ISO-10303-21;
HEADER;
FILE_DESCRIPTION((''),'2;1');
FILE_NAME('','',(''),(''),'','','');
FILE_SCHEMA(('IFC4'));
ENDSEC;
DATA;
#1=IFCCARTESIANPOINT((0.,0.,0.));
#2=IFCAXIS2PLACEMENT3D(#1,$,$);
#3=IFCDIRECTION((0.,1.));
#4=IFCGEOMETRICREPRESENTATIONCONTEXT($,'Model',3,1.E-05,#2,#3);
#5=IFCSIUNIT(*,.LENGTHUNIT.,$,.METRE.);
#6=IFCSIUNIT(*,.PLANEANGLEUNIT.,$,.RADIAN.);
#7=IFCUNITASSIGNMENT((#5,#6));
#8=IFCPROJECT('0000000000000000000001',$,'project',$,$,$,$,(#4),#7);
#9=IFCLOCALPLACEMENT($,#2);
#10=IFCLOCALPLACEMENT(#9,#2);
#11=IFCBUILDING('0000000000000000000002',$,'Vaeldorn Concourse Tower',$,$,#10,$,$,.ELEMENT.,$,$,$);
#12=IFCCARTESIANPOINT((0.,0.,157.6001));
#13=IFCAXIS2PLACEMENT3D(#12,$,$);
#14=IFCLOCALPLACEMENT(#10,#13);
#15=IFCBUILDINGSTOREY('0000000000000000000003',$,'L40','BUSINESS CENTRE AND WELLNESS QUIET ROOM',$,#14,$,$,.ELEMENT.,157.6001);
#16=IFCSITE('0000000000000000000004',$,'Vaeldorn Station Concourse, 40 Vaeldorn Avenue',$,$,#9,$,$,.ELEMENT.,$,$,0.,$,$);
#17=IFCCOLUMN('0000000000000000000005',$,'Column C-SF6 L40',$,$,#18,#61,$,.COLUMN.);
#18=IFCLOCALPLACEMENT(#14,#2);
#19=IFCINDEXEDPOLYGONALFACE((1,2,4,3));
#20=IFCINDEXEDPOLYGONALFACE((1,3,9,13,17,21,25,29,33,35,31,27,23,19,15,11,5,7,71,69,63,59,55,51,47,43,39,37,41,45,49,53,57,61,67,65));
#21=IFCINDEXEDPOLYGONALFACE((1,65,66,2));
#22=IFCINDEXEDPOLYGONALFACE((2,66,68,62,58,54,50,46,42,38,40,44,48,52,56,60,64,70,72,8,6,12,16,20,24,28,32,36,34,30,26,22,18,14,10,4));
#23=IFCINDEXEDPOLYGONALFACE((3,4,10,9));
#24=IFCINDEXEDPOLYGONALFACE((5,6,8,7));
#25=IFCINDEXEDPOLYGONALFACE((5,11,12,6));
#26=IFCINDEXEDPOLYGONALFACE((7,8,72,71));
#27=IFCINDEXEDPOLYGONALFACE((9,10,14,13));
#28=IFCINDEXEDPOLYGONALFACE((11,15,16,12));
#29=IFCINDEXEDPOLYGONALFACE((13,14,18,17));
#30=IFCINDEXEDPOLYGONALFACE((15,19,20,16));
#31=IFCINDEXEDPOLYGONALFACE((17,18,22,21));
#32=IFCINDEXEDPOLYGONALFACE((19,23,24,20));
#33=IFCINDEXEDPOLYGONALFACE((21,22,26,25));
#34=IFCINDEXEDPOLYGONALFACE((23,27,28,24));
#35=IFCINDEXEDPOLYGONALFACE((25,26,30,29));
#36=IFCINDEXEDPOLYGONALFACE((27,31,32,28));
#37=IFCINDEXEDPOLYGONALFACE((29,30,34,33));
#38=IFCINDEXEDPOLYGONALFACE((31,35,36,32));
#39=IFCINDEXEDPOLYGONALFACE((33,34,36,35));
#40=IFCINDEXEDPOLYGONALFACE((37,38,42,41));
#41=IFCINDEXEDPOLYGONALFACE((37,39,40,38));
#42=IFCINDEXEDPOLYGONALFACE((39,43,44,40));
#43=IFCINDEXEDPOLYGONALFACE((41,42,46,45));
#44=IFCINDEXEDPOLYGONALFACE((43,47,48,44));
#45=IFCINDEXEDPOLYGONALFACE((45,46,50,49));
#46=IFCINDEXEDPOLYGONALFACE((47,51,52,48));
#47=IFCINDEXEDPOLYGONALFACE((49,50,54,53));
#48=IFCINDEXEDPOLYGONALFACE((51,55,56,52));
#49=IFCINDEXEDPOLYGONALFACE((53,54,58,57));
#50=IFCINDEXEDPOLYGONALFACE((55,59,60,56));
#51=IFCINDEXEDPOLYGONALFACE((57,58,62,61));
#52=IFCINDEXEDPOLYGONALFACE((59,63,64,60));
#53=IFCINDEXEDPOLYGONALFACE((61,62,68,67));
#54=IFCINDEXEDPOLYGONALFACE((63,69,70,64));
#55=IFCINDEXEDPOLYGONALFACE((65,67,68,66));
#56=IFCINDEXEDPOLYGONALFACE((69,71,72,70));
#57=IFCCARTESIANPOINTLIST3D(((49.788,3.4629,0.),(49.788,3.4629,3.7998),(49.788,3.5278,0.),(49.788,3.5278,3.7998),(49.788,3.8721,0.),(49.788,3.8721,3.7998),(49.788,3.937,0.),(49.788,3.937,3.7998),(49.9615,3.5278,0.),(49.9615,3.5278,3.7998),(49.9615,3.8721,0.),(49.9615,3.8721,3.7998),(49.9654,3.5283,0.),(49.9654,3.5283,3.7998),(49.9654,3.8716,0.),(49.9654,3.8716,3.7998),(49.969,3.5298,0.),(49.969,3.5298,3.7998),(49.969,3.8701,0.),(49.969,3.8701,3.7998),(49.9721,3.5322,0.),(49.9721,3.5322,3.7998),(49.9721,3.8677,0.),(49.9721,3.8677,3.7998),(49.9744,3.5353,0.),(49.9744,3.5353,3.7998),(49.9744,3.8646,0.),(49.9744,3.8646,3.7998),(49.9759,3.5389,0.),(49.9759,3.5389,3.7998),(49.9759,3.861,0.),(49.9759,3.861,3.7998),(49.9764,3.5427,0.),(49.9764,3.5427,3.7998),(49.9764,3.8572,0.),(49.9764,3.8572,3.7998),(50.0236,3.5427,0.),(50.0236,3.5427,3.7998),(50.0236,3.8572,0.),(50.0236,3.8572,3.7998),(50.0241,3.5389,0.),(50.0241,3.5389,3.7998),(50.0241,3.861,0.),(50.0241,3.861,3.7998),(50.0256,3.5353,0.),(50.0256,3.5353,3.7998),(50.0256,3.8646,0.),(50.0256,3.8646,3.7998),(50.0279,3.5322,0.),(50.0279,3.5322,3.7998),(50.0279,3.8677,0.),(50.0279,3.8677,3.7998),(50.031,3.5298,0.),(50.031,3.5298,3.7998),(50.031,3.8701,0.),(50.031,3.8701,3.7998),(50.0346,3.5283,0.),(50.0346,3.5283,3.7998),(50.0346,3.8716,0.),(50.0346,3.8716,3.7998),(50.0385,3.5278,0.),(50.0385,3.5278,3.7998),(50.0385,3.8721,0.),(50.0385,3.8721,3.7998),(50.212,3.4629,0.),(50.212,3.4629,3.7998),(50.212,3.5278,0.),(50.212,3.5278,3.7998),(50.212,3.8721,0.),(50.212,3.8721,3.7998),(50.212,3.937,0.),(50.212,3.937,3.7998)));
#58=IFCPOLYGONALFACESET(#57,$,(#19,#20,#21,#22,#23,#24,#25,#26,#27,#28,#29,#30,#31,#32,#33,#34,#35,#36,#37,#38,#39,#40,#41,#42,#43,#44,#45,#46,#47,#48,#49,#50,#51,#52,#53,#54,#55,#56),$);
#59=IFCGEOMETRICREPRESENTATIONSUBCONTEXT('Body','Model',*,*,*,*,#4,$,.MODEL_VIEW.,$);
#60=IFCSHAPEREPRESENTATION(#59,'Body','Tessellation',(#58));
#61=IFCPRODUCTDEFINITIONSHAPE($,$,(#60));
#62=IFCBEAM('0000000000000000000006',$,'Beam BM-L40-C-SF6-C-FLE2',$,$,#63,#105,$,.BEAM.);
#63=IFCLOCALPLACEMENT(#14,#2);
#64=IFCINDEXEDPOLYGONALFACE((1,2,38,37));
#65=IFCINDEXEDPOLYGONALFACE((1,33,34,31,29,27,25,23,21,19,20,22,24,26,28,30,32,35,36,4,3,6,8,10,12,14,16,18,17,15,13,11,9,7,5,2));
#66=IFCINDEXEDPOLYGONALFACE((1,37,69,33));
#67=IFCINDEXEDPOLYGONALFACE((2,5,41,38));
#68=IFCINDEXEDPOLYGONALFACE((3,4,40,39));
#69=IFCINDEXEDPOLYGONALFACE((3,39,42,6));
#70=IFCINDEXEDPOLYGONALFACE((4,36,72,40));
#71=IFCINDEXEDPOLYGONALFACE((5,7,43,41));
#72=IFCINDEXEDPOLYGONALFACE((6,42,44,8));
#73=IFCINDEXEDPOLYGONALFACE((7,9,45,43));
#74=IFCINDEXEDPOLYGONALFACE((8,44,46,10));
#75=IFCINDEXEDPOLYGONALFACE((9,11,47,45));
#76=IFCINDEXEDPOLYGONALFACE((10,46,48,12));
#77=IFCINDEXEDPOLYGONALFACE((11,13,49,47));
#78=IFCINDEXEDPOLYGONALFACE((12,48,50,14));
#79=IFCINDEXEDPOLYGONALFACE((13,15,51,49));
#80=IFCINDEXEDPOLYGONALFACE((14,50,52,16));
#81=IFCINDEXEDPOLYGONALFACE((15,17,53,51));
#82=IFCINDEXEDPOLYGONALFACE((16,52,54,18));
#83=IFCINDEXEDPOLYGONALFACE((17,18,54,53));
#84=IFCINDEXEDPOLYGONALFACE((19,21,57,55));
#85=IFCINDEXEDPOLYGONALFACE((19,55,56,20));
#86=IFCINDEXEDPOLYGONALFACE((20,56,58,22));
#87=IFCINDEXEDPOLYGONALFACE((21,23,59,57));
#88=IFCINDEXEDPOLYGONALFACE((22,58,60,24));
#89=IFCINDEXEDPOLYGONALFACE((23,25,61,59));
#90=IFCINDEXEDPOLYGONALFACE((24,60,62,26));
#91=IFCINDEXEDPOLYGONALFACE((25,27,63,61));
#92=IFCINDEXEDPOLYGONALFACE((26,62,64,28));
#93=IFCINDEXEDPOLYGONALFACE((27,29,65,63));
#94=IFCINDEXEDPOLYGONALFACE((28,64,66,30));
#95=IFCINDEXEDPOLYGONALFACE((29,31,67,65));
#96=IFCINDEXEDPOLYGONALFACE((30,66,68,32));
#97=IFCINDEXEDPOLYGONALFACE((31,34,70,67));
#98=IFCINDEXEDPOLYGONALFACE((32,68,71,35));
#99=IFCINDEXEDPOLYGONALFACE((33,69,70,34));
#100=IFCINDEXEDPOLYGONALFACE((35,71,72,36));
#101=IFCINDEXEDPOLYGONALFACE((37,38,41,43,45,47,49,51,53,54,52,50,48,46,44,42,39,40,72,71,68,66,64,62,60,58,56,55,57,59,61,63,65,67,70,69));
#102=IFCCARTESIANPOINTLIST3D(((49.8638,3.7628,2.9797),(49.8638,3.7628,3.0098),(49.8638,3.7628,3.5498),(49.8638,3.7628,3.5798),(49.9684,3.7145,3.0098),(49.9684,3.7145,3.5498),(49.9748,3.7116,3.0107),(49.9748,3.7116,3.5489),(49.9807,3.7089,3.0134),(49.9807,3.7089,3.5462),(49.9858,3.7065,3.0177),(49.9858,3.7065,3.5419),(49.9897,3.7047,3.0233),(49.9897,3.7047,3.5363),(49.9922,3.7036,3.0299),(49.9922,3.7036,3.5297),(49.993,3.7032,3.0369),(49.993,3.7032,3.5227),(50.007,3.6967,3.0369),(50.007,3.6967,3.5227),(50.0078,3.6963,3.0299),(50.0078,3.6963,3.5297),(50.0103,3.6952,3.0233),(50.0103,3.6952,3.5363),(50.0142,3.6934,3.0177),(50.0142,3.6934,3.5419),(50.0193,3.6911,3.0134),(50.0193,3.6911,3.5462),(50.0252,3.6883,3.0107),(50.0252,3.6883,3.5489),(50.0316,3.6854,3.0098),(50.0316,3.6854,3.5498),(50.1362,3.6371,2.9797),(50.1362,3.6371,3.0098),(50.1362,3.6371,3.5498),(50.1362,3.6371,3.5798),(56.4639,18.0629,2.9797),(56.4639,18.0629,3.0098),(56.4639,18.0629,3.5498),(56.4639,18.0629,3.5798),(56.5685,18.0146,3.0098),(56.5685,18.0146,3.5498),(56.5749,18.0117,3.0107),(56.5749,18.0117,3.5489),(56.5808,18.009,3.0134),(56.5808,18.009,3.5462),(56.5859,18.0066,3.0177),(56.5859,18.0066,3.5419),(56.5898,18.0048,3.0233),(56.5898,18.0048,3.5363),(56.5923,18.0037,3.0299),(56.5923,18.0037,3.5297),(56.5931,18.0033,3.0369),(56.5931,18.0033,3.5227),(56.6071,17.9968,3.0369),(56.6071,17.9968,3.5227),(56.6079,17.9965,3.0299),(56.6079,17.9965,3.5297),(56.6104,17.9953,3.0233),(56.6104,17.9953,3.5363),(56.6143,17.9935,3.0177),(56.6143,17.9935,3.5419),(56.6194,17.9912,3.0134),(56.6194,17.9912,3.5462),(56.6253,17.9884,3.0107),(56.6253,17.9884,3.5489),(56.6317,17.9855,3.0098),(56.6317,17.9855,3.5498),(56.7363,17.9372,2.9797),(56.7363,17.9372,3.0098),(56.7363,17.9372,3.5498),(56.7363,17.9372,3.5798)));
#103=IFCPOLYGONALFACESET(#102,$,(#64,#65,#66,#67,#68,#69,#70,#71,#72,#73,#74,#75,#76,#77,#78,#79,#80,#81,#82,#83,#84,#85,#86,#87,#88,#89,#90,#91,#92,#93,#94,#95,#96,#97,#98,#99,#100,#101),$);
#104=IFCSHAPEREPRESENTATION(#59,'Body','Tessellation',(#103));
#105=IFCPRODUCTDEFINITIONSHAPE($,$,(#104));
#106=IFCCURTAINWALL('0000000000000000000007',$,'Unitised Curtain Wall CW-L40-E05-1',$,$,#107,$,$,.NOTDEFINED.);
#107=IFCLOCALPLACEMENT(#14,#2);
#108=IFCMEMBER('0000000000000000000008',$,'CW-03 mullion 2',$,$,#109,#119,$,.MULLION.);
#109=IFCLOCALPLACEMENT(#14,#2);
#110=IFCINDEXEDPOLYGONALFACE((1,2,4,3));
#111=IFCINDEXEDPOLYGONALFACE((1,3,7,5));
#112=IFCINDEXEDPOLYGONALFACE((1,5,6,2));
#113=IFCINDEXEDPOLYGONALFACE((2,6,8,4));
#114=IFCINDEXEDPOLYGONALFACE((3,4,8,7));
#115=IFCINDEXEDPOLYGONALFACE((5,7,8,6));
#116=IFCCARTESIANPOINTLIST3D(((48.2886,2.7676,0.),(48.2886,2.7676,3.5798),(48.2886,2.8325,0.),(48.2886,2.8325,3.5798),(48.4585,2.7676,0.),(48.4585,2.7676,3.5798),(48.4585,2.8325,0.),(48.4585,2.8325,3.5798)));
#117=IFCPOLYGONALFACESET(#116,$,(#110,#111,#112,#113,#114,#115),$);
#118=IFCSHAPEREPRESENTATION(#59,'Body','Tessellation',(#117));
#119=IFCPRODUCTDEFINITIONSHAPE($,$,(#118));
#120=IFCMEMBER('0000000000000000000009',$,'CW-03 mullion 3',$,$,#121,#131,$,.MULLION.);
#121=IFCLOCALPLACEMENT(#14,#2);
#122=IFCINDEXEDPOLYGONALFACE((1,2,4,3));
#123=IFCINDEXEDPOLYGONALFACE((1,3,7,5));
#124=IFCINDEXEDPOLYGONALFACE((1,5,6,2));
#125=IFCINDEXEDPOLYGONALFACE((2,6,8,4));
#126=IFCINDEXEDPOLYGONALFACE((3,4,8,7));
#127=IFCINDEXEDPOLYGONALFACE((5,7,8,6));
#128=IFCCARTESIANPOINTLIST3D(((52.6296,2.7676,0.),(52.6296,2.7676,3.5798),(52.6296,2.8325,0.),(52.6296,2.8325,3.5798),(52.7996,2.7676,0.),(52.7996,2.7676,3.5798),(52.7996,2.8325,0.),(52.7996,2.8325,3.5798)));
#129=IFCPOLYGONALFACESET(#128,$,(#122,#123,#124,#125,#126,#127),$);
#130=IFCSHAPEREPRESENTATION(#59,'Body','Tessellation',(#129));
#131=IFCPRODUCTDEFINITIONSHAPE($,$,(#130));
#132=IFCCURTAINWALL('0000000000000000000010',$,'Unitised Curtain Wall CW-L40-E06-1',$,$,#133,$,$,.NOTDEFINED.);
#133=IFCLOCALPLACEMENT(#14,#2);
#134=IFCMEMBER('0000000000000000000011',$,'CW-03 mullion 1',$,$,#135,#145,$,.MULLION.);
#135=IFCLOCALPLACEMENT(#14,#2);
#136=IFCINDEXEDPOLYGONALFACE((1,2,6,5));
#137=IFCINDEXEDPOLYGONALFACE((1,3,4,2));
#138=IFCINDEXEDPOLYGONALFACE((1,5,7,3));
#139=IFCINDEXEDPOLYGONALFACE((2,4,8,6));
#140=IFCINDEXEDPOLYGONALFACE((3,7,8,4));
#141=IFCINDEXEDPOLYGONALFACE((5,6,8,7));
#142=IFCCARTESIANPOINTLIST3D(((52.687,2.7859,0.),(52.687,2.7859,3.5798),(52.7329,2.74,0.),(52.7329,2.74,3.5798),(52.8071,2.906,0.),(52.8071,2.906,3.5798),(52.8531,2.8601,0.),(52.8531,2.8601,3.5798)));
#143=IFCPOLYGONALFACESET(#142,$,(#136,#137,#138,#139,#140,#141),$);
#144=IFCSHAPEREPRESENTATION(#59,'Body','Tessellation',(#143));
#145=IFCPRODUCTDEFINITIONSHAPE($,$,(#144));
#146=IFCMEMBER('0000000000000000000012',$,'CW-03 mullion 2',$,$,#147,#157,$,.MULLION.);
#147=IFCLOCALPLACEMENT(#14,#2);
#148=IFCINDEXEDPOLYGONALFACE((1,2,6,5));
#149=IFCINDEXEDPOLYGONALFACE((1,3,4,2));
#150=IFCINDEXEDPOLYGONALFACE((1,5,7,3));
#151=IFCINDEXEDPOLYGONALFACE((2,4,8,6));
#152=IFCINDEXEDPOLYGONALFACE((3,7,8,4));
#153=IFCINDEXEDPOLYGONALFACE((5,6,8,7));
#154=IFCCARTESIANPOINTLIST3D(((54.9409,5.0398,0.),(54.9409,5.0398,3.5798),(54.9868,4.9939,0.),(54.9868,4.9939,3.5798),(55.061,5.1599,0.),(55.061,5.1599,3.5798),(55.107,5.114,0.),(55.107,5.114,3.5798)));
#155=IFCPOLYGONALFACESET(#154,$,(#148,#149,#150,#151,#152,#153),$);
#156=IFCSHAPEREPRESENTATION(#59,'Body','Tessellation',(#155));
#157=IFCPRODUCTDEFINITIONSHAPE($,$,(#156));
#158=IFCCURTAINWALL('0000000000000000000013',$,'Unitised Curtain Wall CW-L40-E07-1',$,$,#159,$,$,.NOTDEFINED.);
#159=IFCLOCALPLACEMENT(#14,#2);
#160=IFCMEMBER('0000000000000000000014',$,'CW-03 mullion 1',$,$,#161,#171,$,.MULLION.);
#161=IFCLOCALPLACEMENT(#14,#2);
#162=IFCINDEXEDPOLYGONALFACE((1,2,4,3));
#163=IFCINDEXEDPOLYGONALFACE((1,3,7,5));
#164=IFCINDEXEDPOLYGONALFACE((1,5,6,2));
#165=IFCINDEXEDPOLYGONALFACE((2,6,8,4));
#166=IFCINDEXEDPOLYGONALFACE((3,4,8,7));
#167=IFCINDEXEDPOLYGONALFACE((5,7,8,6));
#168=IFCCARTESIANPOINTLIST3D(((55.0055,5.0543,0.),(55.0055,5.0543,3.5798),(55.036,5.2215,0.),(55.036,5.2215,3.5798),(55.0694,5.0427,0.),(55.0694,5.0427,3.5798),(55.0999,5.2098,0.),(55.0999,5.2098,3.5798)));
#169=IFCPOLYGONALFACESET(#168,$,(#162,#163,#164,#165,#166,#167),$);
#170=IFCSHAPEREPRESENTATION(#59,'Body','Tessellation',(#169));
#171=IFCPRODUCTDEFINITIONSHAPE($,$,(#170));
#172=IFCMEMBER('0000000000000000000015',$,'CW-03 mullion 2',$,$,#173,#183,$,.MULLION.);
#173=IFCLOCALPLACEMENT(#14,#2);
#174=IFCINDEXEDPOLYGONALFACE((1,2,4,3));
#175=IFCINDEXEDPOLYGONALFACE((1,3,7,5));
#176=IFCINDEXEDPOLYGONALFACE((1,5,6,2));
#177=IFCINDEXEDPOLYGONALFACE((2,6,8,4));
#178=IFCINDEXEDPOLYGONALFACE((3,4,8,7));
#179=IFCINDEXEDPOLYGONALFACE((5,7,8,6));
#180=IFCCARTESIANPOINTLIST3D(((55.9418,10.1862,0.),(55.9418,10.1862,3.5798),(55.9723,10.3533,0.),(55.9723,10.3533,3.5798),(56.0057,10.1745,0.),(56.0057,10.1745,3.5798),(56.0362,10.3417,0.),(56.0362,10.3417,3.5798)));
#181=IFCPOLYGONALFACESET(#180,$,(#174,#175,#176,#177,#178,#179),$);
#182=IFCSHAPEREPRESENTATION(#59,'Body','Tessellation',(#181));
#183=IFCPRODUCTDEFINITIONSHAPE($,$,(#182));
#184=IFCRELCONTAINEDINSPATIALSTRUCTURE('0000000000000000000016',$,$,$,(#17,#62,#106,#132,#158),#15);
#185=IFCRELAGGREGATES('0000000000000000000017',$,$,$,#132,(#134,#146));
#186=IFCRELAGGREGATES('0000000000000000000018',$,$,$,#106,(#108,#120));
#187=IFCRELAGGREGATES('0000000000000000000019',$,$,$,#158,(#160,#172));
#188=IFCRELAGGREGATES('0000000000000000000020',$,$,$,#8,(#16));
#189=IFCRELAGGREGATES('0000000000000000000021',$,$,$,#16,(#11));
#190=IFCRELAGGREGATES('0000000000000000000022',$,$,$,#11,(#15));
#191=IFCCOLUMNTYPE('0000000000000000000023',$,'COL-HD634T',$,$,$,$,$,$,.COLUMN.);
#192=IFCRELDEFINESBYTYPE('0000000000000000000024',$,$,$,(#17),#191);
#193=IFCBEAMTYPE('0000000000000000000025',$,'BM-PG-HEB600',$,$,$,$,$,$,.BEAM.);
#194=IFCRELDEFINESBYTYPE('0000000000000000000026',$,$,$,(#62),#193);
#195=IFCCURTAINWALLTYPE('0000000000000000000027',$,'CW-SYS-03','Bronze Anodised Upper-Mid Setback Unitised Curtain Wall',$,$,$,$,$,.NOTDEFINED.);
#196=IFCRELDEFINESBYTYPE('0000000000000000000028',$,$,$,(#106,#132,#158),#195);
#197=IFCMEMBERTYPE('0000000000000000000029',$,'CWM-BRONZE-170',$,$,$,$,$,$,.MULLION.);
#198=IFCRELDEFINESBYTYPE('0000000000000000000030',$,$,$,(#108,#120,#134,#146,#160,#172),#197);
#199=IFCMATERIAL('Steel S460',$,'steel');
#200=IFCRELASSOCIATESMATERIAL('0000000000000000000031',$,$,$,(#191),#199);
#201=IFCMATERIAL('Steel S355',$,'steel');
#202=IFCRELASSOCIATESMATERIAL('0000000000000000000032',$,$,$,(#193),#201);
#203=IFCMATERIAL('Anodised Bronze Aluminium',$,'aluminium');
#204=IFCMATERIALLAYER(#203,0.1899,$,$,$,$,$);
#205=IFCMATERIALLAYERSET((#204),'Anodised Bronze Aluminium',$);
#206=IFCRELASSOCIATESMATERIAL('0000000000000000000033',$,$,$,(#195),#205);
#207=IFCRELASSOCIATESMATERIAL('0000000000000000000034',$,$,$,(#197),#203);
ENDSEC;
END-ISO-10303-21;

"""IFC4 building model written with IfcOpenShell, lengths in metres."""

from ifc_helpers import new_model, si_unit, direction, frame, origin, origin_2d, place, context, subcontext, project, spatial, rectangle, i_section, extrude, source, transform, mapped, material, layer, layer_set, material_profile, profile_set, type_object, element, aggregate, save


model = new_model("IFC4")

# Units and contexts
model_context = context("Model", 3, precision=1e-05, world=origin(), true_north=direction((0.0, 1.0)))
body_context = subcontext(model_context, "Body", "Model", "MODEL_VIEW")
ifc_project = project(units=[si_unit("LENGTHUNIT", "METRE"), si_unit("PLANEANGLEUNIT", "RADIAN")], contexts=[model_context])

# Site, building, storey
site_placement = place(None, origin())
site = spatial("IfcSite", under=ifc_project, at=site_placement, Name="Vaeldorn Station Concourse, 40 Vaeldorn Avenue", CompositionType="ELEMENT", RefElevation=0.0)
building_placement = place(site_placement, origin())
building = spatial("IfcBuilding", under=site, at=building_placement, Name="Vaeldorn Concourse Tower", CompositionType="ELEMENT")
storey_placement = place(building_placement, frame((0.0, 0.0, 157.6001)))
storey = spatial("IfcBuildingStorey", under=building, at=storey_placement, Name="L40", Description="BUSINESS CENTRE AND WELLNESS QUIET ROOM", CompositionType="ELEMENT", Elevation=157.6001)

# Column
ifc_material_1 = material(Name="Steel S460", Category="steel")
ifc_material_profile_1 = material_profile(ifc_material_1, i_section(OverallWidth=0.4241, OverallDepth=0.4741, WebThickness=0.0471, FlangeThickness=0.0649, FilletRadius=0.0149, at=origin_2d()), Name="HD 400x634")
ifc_profile_set_1 = profile_set([ifc_material_profile_1], Name="Steel S460")
column_type = type_object("IfcColumnType", Name="COL-HD634T", PredefinedType="COLUMN", material=ifc_profile_set_1)
shared_shape_1 = source(origin(), body_context, "Body", "SweptSolid", [
    extrude(i_section(OverallWidth=0.4241, OverallDepth=0.4741, WebThickness=0.0471, FlangeThickness=0.0649, FilletRadius=0.0149, at=origin_2d()), origin(), (0.0, 0.0, 1.0), 3.7998),
])
column_placement = place(storey_placement, frame((50.0, 3.7, 0.0), z_axis=(0.0, 0.0, 1.0), x_axis=(1.0, 0.0, 0.0)))
element("IfcColumn", 1, at=column_placement, inside=storey, type_object=column_type, Name="Column C-SF6 L40", PredefinedType="COLUMN", context=body_context, shape_type="MappedRepresentation", body=[
    mapped(shared_shape_1, transform((0.0, 0.0, 0.0), scale=1.0)),
])

# Beam
ifc_material_2 = material(Name="Steel S355", Category="steel")
ifc_material_profile_2 = material_profile(ifc_material_2, i_section(OverallWidth=0.3, OverallDepth=0.6001, WebThickness=0.0154, FlangeThickness=0.03, FilletRadius=0.0271, at=origin_2d()), Name="HEB 600")
ifc_profile_set_2 = profile_set([ifc_material_profile_2], Name="Steel S355")
beam_type = type_object("IfcBeamType", Name="BM-PG-HEB600", PredefinedType="BEAM", material=ifc_profile_set_2)
shared_shape_2 = source(origin(), body_context, "Body", "SweptSolid", [
    extrude(i_section(OverallWidth=0.3, OverallDepth=0.6001, WebThickness=0.0154, FlangeThickness=0.03, FilletRadius=0.0271, at=origin_2d()), origin(), (0.0, 0.0, 1.0), 15.7498),
])
beam_placement = place(storey_placement, frame((50.0, 3.7, 3.2798), z_axis=(0.419062, 0.907958, 0.0), x_axis=(-0.907958, 0.419062, 0.0)))
element("IfcBeam", 2, at=beam_placement, inside=storey, type_object=beam_type, Name="Beam BM-L40-C-SF6-C-FLE2", PredefinedType="BEAM", context=body_context, shape_type="MappedRepresentation", body=[
    mapped(shared_shape_2, transform((0.0, 0.0, 0.0), scale=1.0)),
])

# Curtain walls, members
ifc_material_3 = material(Name="Anodised Bronze Aluminium", Category="aluminium")
ifc_layer_1 = layer(ifc_material_3, 0.1899)
ifc_layer_set_1 = layer_set([ifc_layer_1], Name="Anodised Bronze Aluminium")
curtain_wall_type = type_object("IfcCurtainWallType", Name="CW-SYS-03", Description="Bronze Anodised Upper-Mid Setback Unitised Curtain Wall", PredefinedType="NOTDEFINED", material=ifc_layer_set_1)
curtain_wall_1_placement = place(storey_placement, origin())
curtain_wall_1 = element("IfcCurtainWall", 3, at=curtain_wall_1_placement, inside=storey, type_object=curtain_wall_type, Name="Unitised Curtain Wall CW-L40-E05-1", PredefinedType="NOTDEFINED")
ifc_material_profile_3 = material_profile(ifc_material_3, rectangle(XDim=0.0649, YDim=0.1699, at=origin_2d()), Name="CWM 65x170")
ifc_profile_set_3 = profile_set([ifc_material_profile_3], Name="Anodised Bronze Aluminium")
member_type_1 = type_object("IfcMemberType", Name="CWM-BRONZE-170", PredefinedType="MULLION", material=ifc_profile_set_3)
shared_shape_3 = source(origin(), body_context, "Body", "SweptSolid", [
    extrude(rectangle(XDim=0.0649, YDim=0.1699, at=origin_2d()), origin(), (0.0, 0.0, 1.0), 3.5798),
])
member_1_placement = place(storey_placement, frame((48.3735, 2.8, 0.0), z_axis=(0.0, 0.0, 1.0), x_axis=(0.0, 1.0, 0.0)))
member_1 = element("IfcMember", 4, at=member_1_placement, type_object=member_type_1, Name="CW-03 mullion 2", PredefinedType="MULLION", context=body_context, shape_type="MappedRepresentation", body=[
    mapped(shared_shape_3, transform((0.0, 0.0, 0.0), scale=1.0)),
])
member_2_placement = place(storey_placement, frame((52.7146, 2.8, 0.0), z_axis=(0.0, 0.0, 1.0), x_axis=(0.0, 1.0, 0.0)))
member_2 = element("IfcMember", 5, at=member_2_placement, type_object=member_type_1, Name="CW-03 mullion 3", PredefinedType="MULLION", context=body_context, shape_type="MappedRepresentation", body=[
    mapped(shared_shape_3, transform((0.0, 0.0, 0.0), scale=1.0)),
])
curtain_wall_2_placement = place(storey_placement, origin())
curtain_wall_2 = element("IfcCurtainWall", 6, at=curtain_wall_2_placement, inside=storey, type_object=curtain_wall_type, Name="Unitised Curtain Wall CW-L40-E06-1", PredefinedType="NOTDEFINED")
member_3_placement = place(storey_placement, frame((52.77, 2.823, 0.0), z_axis=(0.0, 0.0, 1.0), x_axis=(-0.707107, 0.707107, 0.0)))
member_3 = element("IfcMember", 7, at=member_3_placement, type_object=member_type_1, Name="CW-03 mullion 1", PredefinedType="MULLION", context=body_context, shape_type="MappedRepresentation", body=[
    mapped(shared_shape_3, transform((0.0, 0.0, 0.0), scale=1.0)),
])
member_4_placement = place(storey_placement, frame((55.0239, 5.0769, 0.0), z_axis=(0.0, 0.0, 1.0), x_axis=(-0.707107, 0.707107, 0.0)))
member_4 = element("IfcMember", 8, at=member_4_placement, type_object=member_type_1, Name="CW-03 mullion 2", PredefinedType="MULLION", context=body_context, shape_type="MappedRepresentation", body=[
    mapped(shared_shape_3, transform((0.0, 0.0, 0.0), scale=1.0)),
])
curtain_wall_3_placement = place(storey_placement, origin())
curtain_wall_3 = element("IfcCurtainWall", 9, at=curtain_wall_3_placement, inside=storey, type_object=curtain_wall_type, Name="Unitised Curtain Wall CW-L40-E07-1", PredefinedType="NOTDEFINED")
member_5_placement = place(storey_placement, frame((55.0527, 5.1321, 0.0), z_axis=(0.0, 0.0, 1.0), x_axis=(-0.983768, 0.179446, 0.0)))
member_5 = element("IfcMember", 10, at=member_5_placement, type_object=member_type_1, Name="CW-03 mullion 1", PredefinedType="MULLION", context=body_context, shape_type="MappedRepresentation", body=[
    mapped(shared_shape_3, transform((0.0, 0.0, 0.0), scale=1.0)),
])
member_6_placement = place(storey_placement, frame((55.989, 10.2639, 0.0), z_axis=(0.0, 0.0, 1.0), x_axis=(-0.983768, 0.179446, 0.0)))
member_6 = element("IfcMember", 11, at=member_6_placement, type_object=member_type_1, Name="CW-03 mullion 2", PredefinedType="MULLION", context=body_context, shape_type="MappedRepresentation", body=[
    mapped(shared_shape_3, transform((0.0, 0.0, 0.0), scale=1.0)),
])

aggregate(curtain_wall_2, [member_3, member_4])
aggregate(curtain_wall_1, [member_1, member_2])
aggregate(curtain_wall_3, [member_5, member_6])

save(model, "model.ifc")
